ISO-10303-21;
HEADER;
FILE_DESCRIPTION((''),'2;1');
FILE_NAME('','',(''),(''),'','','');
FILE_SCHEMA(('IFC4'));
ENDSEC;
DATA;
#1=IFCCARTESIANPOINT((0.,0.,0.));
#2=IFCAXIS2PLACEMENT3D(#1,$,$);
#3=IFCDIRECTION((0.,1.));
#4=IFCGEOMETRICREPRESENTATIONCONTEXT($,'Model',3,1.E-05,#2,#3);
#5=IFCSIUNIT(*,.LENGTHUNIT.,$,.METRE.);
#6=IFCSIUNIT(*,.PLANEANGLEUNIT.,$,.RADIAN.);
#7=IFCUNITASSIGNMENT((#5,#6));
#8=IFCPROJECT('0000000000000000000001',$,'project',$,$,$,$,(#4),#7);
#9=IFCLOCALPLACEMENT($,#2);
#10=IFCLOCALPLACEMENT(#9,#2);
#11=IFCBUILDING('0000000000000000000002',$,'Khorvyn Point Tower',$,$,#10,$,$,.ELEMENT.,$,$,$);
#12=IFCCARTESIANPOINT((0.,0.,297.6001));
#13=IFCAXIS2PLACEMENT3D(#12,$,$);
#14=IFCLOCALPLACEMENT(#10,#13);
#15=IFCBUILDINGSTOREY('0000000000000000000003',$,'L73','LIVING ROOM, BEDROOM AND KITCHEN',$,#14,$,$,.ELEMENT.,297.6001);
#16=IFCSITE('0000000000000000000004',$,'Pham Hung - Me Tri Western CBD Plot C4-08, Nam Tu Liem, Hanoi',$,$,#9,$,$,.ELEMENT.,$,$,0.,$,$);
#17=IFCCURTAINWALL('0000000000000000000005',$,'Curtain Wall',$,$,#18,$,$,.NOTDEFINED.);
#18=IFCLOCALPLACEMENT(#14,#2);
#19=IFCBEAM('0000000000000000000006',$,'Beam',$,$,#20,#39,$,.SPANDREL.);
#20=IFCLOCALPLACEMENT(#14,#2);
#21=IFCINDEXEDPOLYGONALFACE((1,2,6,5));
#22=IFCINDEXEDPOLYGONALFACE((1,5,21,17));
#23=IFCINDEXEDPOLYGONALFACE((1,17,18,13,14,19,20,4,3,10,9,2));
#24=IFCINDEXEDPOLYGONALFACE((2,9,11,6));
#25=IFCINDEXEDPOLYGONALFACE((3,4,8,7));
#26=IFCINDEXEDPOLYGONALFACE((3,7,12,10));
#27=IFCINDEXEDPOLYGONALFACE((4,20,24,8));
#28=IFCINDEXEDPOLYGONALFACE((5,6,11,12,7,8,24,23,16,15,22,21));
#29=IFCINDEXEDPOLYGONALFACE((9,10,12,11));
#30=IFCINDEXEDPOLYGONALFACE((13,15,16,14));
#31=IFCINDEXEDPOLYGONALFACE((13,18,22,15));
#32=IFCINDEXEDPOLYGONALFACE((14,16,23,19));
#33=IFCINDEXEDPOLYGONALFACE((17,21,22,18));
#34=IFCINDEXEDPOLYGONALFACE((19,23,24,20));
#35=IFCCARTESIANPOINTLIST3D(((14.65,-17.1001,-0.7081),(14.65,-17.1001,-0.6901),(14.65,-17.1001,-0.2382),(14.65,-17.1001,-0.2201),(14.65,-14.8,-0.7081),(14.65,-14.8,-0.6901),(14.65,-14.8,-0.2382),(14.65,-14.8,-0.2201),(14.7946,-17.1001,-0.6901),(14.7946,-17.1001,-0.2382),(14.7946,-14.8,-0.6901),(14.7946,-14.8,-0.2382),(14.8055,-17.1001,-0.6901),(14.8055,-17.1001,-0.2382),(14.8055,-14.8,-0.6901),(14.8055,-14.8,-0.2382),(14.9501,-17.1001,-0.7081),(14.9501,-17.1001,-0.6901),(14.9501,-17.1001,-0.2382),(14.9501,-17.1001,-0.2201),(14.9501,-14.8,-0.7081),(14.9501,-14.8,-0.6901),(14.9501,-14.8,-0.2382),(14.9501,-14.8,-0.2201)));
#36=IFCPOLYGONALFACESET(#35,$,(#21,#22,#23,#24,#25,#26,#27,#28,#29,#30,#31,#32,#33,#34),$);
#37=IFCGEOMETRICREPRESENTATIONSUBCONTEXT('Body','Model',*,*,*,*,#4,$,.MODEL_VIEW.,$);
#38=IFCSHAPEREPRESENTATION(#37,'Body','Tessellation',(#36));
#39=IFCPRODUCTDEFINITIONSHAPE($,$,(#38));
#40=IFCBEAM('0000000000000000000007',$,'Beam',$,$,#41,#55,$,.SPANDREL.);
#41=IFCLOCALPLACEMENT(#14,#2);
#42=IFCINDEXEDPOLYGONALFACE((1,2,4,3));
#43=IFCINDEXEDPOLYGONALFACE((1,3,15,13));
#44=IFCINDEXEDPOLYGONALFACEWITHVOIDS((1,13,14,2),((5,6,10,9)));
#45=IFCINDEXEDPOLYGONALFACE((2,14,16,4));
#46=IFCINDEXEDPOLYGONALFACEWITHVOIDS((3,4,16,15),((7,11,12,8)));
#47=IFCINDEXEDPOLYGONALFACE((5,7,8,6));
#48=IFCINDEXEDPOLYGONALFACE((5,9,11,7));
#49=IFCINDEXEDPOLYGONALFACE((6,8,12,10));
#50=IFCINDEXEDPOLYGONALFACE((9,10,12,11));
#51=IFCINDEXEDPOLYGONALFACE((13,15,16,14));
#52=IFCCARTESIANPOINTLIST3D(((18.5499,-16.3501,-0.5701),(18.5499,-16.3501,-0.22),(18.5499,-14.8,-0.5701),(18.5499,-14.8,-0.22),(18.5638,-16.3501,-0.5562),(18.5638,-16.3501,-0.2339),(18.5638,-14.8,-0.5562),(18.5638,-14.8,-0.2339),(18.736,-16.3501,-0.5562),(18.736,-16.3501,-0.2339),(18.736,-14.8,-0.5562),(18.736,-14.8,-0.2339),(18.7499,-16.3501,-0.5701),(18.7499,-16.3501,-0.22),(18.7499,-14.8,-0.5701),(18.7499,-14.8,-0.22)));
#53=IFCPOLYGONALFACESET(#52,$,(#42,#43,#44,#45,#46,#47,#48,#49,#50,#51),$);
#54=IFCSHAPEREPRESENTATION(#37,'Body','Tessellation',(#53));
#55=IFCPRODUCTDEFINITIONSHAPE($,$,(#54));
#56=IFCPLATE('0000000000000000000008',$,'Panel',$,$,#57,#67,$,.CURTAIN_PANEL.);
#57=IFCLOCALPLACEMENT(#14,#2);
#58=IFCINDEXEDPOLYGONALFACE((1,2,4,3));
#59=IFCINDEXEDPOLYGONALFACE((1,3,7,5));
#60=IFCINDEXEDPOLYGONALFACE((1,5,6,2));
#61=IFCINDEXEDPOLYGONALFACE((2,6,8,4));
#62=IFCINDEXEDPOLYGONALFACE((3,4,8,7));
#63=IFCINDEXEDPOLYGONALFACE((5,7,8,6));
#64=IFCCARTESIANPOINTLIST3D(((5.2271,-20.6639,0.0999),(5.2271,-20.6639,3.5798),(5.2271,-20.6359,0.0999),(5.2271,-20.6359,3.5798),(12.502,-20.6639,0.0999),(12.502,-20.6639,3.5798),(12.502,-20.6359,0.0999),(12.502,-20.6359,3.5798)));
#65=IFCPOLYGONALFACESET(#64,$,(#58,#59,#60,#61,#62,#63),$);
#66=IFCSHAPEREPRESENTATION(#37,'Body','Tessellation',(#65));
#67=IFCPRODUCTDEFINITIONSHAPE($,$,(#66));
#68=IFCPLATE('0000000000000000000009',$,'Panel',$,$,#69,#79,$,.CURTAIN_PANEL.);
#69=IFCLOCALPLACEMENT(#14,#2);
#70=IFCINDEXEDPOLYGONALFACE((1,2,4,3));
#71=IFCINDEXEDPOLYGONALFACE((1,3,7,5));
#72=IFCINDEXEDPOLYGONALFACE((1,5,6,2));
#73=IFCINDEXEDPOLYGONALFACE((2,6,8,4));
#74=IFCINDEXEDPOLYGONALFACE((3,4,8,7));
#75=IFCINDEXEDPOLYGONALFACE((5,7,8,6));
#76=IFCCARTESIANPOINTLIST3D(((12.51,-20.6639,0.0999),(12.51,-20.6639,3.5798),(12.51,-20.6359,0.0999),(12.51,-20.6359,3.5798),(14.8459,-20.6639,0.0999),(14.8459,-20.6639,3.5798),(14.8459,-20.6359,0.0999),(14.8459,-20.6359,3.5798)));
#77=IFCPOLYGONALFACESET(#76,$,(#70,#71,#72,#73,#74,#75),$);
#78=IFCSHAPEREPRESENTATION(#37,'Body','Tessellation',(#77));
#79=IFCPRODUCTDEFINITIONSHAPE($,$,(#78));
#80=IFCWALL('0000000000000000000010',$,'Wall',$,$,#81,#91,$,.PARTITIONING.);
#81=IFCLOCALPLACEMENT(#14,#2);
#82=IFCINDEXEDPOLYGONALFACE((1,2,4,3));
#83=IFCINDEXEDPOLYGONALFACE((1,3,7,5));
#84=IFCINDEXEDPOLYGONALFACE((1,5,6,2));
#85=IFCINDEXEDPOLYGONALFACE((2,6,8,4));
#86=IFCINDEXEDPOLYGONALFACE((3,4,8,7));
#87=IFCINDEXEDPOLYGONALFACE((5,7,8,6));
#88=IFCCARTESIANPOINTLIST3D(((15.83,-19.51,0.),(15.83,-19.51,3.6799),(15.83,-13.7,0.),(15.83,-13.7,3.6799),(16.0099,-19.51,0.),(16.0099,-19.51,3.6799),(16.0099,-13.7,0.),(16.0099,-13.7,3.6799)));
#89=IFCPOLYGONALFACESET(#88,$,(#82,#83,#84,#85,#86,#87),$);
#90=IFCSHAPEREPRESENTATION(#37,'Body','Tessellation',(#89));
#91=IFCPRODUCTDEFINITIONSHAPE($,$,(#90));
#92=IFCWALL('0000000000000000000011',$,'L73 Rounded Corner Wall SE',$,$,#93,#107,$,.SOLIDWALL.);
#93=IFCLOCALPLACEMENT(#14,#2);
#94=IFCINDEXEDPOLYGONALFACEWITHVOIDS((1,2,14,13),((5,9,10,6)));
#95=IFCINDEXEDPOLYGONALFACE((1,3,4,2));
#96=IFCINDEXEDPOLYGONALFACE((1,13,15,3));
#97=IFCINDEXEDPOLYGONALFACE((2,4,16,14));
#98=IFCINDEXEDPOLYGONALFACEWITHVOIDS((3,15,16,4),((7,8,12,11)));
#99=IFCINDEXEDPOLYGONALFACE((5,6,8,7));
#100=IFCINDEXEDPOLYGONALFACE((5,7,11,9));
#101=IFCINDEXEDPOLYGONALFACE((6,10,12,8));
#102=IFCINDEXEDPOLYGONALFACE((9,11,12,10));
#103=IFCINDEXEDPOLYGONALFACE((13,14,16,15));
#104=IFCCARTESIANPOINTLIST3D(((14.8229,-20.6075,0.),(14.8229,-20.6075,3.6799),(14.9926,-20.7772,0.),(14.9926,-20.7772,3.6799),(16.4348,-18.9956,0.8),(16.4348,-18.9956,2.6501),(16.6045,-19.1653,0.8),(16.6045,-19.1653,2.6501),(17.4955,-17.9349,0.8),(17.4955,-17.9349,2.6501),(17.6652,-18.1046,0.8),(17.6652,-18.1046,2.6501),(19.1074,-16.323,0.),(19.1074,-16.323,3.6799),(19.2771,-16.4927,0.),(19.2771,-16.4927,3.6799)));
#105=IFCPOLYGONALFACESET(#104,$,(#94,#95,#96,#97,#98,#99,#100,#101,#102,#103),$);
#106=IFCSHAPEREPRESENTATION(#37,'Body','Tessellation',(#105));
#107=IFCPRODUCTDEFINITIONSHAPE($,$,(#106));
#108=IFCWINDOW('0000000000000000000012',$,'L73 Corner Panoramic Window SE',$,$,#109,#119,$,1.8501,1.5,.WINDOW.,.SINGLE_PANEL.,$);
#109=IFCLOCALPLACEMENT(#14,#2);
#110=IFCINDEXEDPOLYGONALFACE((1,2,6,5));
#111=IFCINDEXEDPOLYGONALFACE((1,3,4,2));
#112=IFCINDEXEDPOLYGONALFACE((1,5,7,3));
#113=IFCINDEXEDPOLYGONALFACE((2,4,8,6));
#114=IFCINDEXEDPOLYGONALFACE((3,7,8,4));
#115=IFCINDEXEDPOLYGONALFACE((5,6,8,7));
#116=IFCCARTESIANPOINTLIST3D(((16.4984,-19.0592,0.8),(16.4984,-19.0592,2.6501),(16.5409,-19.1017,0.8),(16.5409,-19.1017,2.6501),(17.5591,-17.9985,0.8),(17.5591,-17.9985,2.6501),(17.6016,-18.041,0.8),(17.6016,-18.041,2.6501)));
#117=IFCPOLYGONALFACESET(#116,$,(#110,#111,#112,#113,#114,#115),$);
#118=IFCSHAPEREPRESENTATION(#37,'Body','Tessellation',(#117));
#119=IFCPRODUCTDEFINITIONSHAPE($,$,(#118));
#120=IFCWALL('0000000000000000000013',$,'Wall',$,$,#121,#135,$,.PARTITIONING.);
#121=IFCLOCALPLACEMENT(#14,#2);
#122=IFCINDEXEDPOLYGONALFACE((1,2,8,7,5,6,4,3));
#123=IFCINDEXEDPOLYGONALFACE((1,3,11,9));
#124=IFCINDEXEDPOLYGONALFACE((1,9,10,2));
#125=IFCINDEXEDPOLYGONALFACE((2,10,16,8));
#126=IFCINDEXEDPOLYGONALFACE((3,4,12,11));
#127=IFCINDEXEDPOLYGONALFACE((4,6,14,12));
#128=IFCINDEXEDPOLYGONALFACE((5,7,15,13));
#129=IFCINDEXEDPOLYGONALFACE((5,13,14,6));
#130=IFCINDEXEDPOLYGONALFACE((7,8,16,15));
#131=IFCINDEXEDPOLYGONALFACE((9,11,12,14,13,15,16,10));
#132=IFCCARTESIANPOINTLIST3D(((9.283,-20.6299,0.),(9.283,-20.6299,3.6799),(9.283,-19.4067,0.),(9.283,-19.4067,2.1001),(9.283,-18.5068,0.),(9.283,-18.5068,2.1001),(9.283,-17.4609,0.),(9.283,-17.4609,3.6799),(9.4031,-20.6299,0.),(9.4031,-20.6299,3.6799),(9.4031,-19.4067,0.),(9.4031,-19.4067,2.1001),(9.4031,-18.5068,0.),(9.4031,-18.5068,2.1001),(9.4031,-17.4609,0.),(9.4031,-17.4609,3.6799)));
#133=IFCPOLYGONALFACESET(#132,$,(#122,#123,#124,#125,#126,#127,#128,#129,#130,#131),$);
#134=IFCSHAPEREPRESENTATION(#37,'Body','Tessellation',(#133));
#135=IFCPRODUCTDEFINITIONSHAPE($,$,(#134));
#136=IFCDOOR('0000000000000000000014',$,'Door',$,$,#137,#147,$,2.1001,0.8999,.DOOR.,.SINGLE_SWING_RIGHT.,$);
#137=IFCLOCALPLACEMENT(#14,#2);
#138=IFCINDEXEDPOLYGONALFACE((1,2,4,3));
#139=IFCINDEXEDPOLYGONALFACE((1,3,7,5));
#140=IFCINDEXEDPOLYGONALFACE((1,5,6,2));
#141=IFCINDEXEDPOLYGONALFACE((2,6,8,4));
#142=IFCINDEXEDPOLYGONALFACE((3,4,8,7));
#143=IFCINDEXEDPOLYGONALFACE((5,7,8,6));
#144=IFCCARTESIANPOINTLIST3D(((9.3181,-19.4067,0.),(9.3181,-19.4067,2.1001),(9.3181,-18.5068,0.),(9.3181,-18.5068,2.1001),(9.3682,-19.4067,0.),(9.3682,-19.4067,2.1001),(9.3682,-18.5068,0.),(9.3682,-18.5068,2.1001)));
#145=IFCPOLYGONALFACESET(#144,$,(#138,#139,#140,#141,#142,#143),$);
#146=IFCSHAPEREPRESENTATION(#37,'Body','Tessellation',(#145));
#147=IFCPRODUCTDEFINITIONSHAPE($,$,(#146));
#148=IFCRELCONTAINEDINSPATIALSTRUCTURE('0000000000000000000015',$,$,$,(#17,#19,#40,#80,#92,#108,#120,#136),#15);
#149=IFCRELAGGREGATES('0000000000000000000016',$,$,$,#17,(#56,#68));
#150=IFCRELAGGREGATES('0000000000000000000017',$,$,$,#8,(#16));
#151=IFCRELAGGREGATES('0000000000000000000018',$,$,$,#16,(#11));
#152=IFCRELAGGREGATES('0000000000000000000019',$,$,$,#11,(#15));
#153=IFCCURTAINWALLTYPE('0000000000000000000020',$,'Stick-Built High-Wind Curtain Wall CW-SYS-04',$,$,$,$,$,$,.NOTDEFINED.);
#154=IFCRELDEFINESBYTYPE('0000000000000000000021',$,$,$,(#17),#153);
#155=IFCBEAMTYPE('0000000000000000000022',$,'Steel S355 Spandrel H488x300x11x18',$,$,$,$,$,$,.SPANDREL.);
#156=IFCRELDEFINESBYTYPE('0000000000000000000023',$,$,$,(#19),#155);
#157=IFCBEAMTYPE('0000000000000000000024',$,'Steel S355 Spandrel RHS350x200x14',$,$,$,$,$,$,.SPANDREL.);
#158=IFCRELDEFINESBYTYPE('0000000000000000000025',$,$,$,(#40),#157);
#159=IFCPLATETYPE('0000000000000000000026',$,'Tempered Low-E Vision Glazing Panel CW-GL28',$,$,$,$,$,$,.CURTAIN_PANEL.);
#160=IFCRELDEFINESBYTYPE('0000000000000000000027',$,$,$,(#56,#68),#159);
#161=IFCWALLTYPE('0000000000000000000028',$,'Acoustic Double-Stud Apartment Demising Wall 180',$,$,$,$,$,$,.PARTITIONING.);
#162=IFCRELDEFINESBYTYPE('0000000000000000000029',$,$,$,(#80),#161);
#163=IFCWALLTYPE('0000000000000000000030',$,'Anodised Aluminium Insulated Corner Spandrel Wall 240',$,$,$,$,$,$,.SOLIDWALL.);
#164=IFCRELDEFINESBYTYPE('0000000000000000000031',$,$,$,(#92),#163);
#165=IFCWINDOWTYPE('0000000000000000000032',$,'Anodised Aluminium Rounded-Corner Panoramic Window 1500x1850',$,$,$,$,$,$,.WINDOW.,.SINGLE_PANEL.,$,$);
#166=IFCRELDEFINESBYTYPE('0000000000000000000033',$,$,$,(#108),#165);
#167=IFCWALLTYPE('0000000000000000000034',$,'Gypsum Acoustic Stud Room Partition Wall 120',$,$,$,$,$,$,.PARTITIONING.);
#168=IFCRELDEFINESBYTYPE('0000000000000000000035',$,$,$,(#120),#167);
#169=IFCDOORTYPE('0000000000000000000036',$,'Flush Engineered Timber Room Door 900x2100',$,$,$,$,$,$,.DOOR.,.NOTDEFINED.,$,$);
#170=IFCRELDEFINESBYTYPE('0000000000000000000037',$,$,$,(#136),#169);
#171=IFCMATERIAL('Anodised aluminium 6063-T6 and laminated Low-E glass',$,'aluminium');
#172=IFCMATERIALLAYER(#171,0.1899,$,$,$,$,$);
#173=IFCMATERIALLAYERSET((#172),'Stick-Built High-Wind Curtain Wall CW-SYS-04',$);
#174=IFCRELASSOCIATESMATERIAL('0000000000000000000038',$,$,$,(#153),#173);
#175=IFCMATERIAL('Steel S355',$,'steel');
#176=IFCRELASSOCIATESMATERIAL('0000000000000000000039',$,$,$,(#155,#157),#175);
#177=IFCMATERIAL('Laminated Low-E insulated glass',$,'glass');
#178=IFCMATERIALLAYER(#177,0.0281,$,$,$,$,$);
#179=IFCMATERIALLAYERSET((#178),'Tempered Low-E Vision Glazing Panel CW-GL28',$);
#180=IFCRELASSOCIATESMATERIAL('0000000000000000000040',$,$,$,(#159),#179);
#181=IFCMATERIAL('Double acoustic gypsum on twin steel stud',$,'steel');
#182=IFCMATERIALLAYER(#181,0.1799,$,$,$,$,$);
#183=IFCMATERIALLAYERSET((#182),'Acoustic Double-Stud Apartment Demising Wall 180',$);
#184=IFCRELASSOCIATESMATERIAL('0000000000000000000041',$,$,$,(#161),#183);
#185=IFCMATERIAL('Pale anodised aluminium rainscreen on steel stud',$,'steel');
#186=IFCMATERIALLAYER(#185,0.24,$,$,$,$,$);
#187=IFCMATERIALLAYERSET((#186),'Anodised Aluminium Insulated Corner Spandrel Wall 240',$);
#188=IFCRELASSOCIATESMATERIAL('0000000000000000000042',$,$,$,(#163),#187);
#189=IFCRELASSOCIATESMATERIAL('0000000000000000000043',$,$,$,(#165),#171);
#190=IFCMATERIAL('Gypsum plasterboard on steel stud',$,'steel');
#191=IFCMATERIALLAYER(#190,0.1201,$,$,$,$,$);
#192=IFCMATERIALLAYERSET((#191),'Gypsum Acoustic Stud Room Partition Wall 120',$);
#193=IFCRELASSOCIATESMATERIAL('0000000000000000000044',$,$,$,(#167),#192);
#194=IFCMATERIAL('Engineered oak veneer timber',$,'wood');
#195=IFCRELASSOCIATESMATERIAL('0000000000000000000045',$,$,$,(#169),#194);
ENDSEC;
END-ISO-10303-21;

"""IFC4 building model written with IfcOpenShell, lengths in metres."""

from ifc_helpers import new_model, si_unit, direction, frame, frame_2d, origin, origin_2d, place, context, subcontext, project, spatial, rectangle, hollow_rectangle, i_section, extrude, material, layer, layer_set, material_profile, profile_set, type_object, element, fill, aggregate, save


model = new_model("IFC4")

# Units and contexts
model_context = context("Model", 3, precision=1e-05, world=origin(), true_north=direction((0.0, 1.0)))
body_context = subcontext(model_context, "Body", "Model", "MODEL_VIEW")
ifc_project = project(units=[si_unit("LENGTHUNIT", "METRE"), si_unit("PLANEANGLEUNIT", "RADIAN")], contexts=[model_context])

# Site, building, storey
site_placement = place(None, origin())
site = spatial("IfcSite", under=ifc_project, at=site_placement, Name="Pham Hung - Me Tri Western CBD Plot C4-08, Nam Tu Liem, Hanoi", CompositionType="ELEMENT", RefElevation=0.0)
building_placement = place(site_placement, origin())
building = spatial("IfcBuilding", under=site, at=building_placement, Name="Khorvyn Point Tower", CompositionType="ELEMENT")
storey_placement = place(building_placement, frame((0.0, 0.0, 297.6001)))
storey = spatial("IfcBuildingStorey", under=building, at=storey_placement, Name="L73", Description="LIVING ROOM, BEDROOM AND KITCHEN", CompositionType="ELEMENT", Elevation=297.6001)

# Shared definitions
ifc_material_1 = material(Name="Steel S355", Category="steel")

# Curtain wall
ifc_material_2 = material(Name="Anodised aluminium 6063-T6 and laminated Low-E glass", Category="aluminium")
ifc_layer_1 = layer(ifc_material_2, 0.1899)
ifc_layer_set_1 = layer_set([ifc_layer_1], Name="Stick-Built High-Wind Curtain Wall CW-SYS-04")
curtain_wall_type = type_object("IfcCurtainWallType", Name="Stick-Built High-Wind Curtain Wall CW-SYS-04", PredefinedType="NOTDEFINED", material=ifc_layer_set_1)
curtain_wall_1_placement = place(storey_placement, origin())
curtain_wall_1 = element("IfcCurtainWall", 1, at=curtain_wall_1_placement, inside=storey, type_object=curtain_wall_type, Name="Curtain Wall", PredefinedType="NOTDEFINED")

# Beams
ifc_material_profile_1 = material_profile(ifc_material_1, i_section(OverallWidth=0.3, OverallDepth=0.488, WebThickness=0.011, FlangeThickness=0.0181, at=origin_2d()))
ifc_profile_set_1 = profile_set([ifc_material_profile_1], Name="Steel S355 H488x300x11x18")
beam_type_1 = type_object("IfcBeamType", Name="Steel S355 Spandrel H488x300x11x18", PredefinedType="SPANDREL", material=ifc_profile_set_1)
beam_1_placement = place(storey_placement, frame((14.8, -17.1001, -0.4641), z_axis=(0.0, 1.0, 0.0), x_axis=(-1.0, 0.0, 0.0)))
element("IfcBeam", 2, at=beam_1_placement, inside=storey, type_object=beam_type_1, Name="Beam", PredefinedType="SPANDREL", context=body_context, shape_type="SweptSolid", body=[
    extrude(i_section(OverallWidth=0.3, OverallDepth=0.488, WebThickness=0.011, FlangeThickness=0.0181, at=origin_2d()), origin(), (0.0, 0.0, 1.0), 2.3),
])
ifc_material_profile_2 = material_profile(ifc_material_1, hollow_rectangle(XDim=0.2, YDim=0.3501, WallThickness=0.0139, at=origin_2d()))
ifc_profile_set_2 = profile_set([ifc_material_profile_2], Name="Steel S355 RHS350x200x14")
beam_type_2 = type_object("IfcBeamType", Name="Steel S355 Spandrel RHS350x200x14", PredefinedType="SPANDREL", material=ifc_profile_set_2)
beam_2_placement = place(storey_placement, frame((18.6499, -16.3501, -0.395), z_axis=(0.0, 1.0, 0.0), x_axis=(-1.0, 0.0, 0.0)))
element("IfcBeam", 3, at=beam_2_placement, inside=storey, type_object=beam_type_2, Name="Beam", PredefinedType="SPANDREL", context=body_context, shape_type="SweptSolid", body=[
    extrude(hollow_rectangle(XDim=0.2, YDim=0.3501, WallThickness=0.0139, at=origin_2d()), origin(), (0.0, 0.0, 1.0), 1.55),
])

# Plates
ifc_material_3 = material(Name="Laminated Low-E insulated glass", Category="glass")
ifc_layer_2 = layer(ifc_material_3, 0.0281)
ifc_layer_set_2 = layer_set([ifc_layer_2], Name="Tempered Low-E Vision Glazing Panel CW-GL28")
plate_type = type_object("IfcPlateType", Name="Tempered Low-E Vision Glazing Panel CW-GL28", PredefinedType="CURTAIN_PANEL", material=ifc_layer_set_2)
plate_1_placement = place(storey_placement, frame((8.8645, -20.6499, 0.0999), z_axis=(0.0, 0.0, 1.0), x_axis=(-1.0, 0.0, 0.0)))
plate_1 = element("IfcPlate", 4, at=plate_1_placement, type_object=plate_type, Name="Panel", PredefinedType="CURTAIN_PANEL", context=body_context, shape_type="SweptSolid", body=[
    extrude(rectangle(XDim=7.2749, YDim=0.0281, at=origin_2d()), origin(), (0.0, 0.0, 1.0), 3.48),
])
plate_2_placement = place(storey_placement, frame((13.678, -20.6499, 0.0999), z_axis=(0.0, 0.0, 1.0), x_axis=(-1.0, 0.0, 0.0)))
plate_2 = element("IfcPlate", 5, at=plate_2_placement, type_object=plate_type, Name="Panel", PredefinedType="CURTAIN_PANEL", context=body_context, shape_type="SweptSolid", body=[
    extrude(rectangle(XDim=2.3359, YDim=0.0281, at=origin_2d()), origin(), (0.0, 0.0, 1.0), 3.48),
])
aggregate(curtain_wall_1, [plate_1, plate_2])

# Wall
ifc_material_4 = material(Name="Double acoustic gypsum on twin steel stud", Category="steel")
ifc_layer_3 = layer(ifc_material_4, 0.1799)
ifc_layer_set_3 = layer_set([ifc_layer_3], Name="Acoustic Double-Stud Apartment Demising Wall 180")
wall_type_1 = type_object("IfcWallType", Name="Acoustic Double-Stud Apartment Demising Wall 180", PredefinedType="PARTITIONING", material=ifc_layer_set_3)
wall_1_placement = place(storey_placement, frame((15.9199, -19.51, 0.0), z_axis=(0.0, 0.0, 1.0), x_axis=(0.0, 1.0, 0.0)))
element("IfcWall", 6, at=wall_1_placement, inside=storey, type_object=wall_type_1, Name="Wall", PredefinedType="PARTITIONING", context=body_context, shape_type="SweptSolid", body=[
    extrude(rectangle(XDim=5.8101, YDim=0.1799, at=frame_2d((2.905, 0.0))), origin(), (0.0, 0.0, 1.0), 3.6799),
])

# Wall, opening, window
ifc_material_5 = material(Name="Pale anodised aluminium rainscreen on steel stud", Category="steel")
ifc_layer_4 = layer(ifc_material_5, 0.24)
ifc_layer_set_4 = layer_set([ifc_layer_4], Name="Anodised Aluminium Insulated Corner Spandrel Wall 240")
wall_type_2 = type_object("IfcWallType", Name="Anodised Aluminium Insulated Corner Spandrel Wall 240", PredefinedType="SOLIDWALL", material=ifc_layer_set_4)
wall_2_placement = place(storey_placement, frame((19.1924, -16.4077, 0.0), z_axis=(0.0, 0.0, 1.0), x_axis=(-0.707107, -0.707107, 0.0)))
wall_2 = element("IfcWall", 7, at=wall_2_placement, inside=storey, type_object=wall_type_2, Name="L73 Rounded Corner Wall SE", PredefinedType="SOLIDWALL", context=body_context, shape_type="SweptSolid", body=[
    extrude(rectangle(XDim=6.0593, YDim=0.24, at=frame_2d((3.0298, 0.0))), origin(), (0.0, 0.0, 1.0), 3.6799),
])
opening_1_placement = place(wall_2_placement, frame((2.2798, 0.0, 0.8)))
opening_1 = element("IfcOpeningElement", 8, at=opening_1_placement, cuts=wall_2, PredefinedType="OPENING", context=body_context, shape_type="SweptSolid", body=[
    extrude(rectangle(XDim=1.5, YDim=1.8501, at=frame_2d((0.75, 0.925))), frame((0.0, 0.1299, 0.0), z_axis=(0.0, -1.0, 0.0), x_axis=(1.0, 0.0, 0.0)), (0.0, 0.0, 1.0), 0.26),
])
window_type = type_object("IfcWindowType", Name="Anodised Aluminium Rounded-Corner Panoramic Window 1500x1850", PartitioningType="SINGLE_PANEL", PredefinedType="WINDOW", material=ifc_material_2)
window_placement = place(opening_1_placement, origin())
window = element("IfcWindow", 9, at=window_placement, inside=storey, type_object=window_type, Name="L73 Corner Panoramic Window SE", OverallHeight=1.8501, OverallWidth=1.5, PartitioningType="SINGLE_PANEL", PredefinedType="WINDOW", context=body_context, shape_type="SweptSolid", body=[
    extrude(rectangle(XDim=1.5, YDim=1.8501, at=frame_2d((0.75, 0.925))), frame((0.0, 0.03, 0.0), z_axis=(0.0, -1.0, 0.0), x_axis=(1.0, 0.0, 0.0)), (0.0, 0.0, 1.0), 0.0601),
])
fill(opening_1, window)

# Wall, opening, door
ifc_material_6 = material(Name="Gypsum plasterboard on steel stud", Category="steel")
ifc_layer_5 = layer(ifc_material_6, 0.1201)
ifc_layer_set_5 = layer_set([ifc_layer_5], Name="Gypsum Acoustic Stud Room Partition Wall 120")
wall_type_3 = type_object("IfcWallType", Name="Gypsum Acoustic Stud Room Partition Wall 120", PredefinedType="PARTITIONING", material=ifc_layer_set_5)
wall_3_placement = place(storey_placement, frame((9.343, -20.6299, 0.0), z_axis=(0.0, 0.0, 1.0), x_axis=(0.0, 1.0, 0.0)))
wall_3 = element("IfcWall", 10, at=wall_3_placement, inside=storey, type_object=wall_type_3, Name="Wall", PredefinedType="PARTITIONING", context=body_context, shape_type="SweptSolid", body=[
    extrude(rectangle(XDim=3.1689, YDim=0.1201, at=frame_2d((1.5845, 0.0))), origin(), (0.0, 0.0, 1.0), 3.6799),
])
opening_2_placement = place(wall_3_placement, frame((1.2231, 0.0, 0.0)))
opening_2 = element("IfcOpeningElement", 11, at=opening_2_placement, cuts=wall_3, PredefinedType="OPENING", context=body_context, shape_type="SweptSolid", body=[
    extrude(rectangle(XDim=0.8999, YDim=2.1001, at=frame_2d((0.45, 1.05))), frame((0.0, 0.0701, 0.0), z_axis=(0.0, -1.0, 0.0), x_axis=(1.0, 0.0, 0.0)), (0.0, 0.0, 1.0), 0.1401),
])
ifc_material_7 = material(Name="Engineered oak veneer timber", Category="wood")
door_type_1 = type_object("IfcDoorType", Name="Flush Engineered Timber Room Door 900x2100", OperationType="NOTDEFINED", PredefinedType="DOOR", material=ifc_material_7)
door_1_placement = place(opening_2_placement, origin())
door_1 = element("IfcDoor", 12, at=door_1_placement, inside=storey, type_object=door_type_1, Name="Door", OperationType="SINGLE_SWING_RIGHT", OverallHeight=2.1001, OverallWidth=0.8999, PredefinedType="DOOR", context=body_context, shape_type="SweptSolid", body=[
    extrude(rectangle(XDim=0.8999, YDim=2.1001, at=frame_2d((0.45, 1.05))), frame((0.0, 0.0249, 0.0), z_axis=(0.0, -1.0, 0.0), x_axis=(1.0, 0.0, 0.0)), (0.0, 0.0, 1.0), 0.05),
])
fill(opening_2, door_1)

save(model, "model.ifc")
